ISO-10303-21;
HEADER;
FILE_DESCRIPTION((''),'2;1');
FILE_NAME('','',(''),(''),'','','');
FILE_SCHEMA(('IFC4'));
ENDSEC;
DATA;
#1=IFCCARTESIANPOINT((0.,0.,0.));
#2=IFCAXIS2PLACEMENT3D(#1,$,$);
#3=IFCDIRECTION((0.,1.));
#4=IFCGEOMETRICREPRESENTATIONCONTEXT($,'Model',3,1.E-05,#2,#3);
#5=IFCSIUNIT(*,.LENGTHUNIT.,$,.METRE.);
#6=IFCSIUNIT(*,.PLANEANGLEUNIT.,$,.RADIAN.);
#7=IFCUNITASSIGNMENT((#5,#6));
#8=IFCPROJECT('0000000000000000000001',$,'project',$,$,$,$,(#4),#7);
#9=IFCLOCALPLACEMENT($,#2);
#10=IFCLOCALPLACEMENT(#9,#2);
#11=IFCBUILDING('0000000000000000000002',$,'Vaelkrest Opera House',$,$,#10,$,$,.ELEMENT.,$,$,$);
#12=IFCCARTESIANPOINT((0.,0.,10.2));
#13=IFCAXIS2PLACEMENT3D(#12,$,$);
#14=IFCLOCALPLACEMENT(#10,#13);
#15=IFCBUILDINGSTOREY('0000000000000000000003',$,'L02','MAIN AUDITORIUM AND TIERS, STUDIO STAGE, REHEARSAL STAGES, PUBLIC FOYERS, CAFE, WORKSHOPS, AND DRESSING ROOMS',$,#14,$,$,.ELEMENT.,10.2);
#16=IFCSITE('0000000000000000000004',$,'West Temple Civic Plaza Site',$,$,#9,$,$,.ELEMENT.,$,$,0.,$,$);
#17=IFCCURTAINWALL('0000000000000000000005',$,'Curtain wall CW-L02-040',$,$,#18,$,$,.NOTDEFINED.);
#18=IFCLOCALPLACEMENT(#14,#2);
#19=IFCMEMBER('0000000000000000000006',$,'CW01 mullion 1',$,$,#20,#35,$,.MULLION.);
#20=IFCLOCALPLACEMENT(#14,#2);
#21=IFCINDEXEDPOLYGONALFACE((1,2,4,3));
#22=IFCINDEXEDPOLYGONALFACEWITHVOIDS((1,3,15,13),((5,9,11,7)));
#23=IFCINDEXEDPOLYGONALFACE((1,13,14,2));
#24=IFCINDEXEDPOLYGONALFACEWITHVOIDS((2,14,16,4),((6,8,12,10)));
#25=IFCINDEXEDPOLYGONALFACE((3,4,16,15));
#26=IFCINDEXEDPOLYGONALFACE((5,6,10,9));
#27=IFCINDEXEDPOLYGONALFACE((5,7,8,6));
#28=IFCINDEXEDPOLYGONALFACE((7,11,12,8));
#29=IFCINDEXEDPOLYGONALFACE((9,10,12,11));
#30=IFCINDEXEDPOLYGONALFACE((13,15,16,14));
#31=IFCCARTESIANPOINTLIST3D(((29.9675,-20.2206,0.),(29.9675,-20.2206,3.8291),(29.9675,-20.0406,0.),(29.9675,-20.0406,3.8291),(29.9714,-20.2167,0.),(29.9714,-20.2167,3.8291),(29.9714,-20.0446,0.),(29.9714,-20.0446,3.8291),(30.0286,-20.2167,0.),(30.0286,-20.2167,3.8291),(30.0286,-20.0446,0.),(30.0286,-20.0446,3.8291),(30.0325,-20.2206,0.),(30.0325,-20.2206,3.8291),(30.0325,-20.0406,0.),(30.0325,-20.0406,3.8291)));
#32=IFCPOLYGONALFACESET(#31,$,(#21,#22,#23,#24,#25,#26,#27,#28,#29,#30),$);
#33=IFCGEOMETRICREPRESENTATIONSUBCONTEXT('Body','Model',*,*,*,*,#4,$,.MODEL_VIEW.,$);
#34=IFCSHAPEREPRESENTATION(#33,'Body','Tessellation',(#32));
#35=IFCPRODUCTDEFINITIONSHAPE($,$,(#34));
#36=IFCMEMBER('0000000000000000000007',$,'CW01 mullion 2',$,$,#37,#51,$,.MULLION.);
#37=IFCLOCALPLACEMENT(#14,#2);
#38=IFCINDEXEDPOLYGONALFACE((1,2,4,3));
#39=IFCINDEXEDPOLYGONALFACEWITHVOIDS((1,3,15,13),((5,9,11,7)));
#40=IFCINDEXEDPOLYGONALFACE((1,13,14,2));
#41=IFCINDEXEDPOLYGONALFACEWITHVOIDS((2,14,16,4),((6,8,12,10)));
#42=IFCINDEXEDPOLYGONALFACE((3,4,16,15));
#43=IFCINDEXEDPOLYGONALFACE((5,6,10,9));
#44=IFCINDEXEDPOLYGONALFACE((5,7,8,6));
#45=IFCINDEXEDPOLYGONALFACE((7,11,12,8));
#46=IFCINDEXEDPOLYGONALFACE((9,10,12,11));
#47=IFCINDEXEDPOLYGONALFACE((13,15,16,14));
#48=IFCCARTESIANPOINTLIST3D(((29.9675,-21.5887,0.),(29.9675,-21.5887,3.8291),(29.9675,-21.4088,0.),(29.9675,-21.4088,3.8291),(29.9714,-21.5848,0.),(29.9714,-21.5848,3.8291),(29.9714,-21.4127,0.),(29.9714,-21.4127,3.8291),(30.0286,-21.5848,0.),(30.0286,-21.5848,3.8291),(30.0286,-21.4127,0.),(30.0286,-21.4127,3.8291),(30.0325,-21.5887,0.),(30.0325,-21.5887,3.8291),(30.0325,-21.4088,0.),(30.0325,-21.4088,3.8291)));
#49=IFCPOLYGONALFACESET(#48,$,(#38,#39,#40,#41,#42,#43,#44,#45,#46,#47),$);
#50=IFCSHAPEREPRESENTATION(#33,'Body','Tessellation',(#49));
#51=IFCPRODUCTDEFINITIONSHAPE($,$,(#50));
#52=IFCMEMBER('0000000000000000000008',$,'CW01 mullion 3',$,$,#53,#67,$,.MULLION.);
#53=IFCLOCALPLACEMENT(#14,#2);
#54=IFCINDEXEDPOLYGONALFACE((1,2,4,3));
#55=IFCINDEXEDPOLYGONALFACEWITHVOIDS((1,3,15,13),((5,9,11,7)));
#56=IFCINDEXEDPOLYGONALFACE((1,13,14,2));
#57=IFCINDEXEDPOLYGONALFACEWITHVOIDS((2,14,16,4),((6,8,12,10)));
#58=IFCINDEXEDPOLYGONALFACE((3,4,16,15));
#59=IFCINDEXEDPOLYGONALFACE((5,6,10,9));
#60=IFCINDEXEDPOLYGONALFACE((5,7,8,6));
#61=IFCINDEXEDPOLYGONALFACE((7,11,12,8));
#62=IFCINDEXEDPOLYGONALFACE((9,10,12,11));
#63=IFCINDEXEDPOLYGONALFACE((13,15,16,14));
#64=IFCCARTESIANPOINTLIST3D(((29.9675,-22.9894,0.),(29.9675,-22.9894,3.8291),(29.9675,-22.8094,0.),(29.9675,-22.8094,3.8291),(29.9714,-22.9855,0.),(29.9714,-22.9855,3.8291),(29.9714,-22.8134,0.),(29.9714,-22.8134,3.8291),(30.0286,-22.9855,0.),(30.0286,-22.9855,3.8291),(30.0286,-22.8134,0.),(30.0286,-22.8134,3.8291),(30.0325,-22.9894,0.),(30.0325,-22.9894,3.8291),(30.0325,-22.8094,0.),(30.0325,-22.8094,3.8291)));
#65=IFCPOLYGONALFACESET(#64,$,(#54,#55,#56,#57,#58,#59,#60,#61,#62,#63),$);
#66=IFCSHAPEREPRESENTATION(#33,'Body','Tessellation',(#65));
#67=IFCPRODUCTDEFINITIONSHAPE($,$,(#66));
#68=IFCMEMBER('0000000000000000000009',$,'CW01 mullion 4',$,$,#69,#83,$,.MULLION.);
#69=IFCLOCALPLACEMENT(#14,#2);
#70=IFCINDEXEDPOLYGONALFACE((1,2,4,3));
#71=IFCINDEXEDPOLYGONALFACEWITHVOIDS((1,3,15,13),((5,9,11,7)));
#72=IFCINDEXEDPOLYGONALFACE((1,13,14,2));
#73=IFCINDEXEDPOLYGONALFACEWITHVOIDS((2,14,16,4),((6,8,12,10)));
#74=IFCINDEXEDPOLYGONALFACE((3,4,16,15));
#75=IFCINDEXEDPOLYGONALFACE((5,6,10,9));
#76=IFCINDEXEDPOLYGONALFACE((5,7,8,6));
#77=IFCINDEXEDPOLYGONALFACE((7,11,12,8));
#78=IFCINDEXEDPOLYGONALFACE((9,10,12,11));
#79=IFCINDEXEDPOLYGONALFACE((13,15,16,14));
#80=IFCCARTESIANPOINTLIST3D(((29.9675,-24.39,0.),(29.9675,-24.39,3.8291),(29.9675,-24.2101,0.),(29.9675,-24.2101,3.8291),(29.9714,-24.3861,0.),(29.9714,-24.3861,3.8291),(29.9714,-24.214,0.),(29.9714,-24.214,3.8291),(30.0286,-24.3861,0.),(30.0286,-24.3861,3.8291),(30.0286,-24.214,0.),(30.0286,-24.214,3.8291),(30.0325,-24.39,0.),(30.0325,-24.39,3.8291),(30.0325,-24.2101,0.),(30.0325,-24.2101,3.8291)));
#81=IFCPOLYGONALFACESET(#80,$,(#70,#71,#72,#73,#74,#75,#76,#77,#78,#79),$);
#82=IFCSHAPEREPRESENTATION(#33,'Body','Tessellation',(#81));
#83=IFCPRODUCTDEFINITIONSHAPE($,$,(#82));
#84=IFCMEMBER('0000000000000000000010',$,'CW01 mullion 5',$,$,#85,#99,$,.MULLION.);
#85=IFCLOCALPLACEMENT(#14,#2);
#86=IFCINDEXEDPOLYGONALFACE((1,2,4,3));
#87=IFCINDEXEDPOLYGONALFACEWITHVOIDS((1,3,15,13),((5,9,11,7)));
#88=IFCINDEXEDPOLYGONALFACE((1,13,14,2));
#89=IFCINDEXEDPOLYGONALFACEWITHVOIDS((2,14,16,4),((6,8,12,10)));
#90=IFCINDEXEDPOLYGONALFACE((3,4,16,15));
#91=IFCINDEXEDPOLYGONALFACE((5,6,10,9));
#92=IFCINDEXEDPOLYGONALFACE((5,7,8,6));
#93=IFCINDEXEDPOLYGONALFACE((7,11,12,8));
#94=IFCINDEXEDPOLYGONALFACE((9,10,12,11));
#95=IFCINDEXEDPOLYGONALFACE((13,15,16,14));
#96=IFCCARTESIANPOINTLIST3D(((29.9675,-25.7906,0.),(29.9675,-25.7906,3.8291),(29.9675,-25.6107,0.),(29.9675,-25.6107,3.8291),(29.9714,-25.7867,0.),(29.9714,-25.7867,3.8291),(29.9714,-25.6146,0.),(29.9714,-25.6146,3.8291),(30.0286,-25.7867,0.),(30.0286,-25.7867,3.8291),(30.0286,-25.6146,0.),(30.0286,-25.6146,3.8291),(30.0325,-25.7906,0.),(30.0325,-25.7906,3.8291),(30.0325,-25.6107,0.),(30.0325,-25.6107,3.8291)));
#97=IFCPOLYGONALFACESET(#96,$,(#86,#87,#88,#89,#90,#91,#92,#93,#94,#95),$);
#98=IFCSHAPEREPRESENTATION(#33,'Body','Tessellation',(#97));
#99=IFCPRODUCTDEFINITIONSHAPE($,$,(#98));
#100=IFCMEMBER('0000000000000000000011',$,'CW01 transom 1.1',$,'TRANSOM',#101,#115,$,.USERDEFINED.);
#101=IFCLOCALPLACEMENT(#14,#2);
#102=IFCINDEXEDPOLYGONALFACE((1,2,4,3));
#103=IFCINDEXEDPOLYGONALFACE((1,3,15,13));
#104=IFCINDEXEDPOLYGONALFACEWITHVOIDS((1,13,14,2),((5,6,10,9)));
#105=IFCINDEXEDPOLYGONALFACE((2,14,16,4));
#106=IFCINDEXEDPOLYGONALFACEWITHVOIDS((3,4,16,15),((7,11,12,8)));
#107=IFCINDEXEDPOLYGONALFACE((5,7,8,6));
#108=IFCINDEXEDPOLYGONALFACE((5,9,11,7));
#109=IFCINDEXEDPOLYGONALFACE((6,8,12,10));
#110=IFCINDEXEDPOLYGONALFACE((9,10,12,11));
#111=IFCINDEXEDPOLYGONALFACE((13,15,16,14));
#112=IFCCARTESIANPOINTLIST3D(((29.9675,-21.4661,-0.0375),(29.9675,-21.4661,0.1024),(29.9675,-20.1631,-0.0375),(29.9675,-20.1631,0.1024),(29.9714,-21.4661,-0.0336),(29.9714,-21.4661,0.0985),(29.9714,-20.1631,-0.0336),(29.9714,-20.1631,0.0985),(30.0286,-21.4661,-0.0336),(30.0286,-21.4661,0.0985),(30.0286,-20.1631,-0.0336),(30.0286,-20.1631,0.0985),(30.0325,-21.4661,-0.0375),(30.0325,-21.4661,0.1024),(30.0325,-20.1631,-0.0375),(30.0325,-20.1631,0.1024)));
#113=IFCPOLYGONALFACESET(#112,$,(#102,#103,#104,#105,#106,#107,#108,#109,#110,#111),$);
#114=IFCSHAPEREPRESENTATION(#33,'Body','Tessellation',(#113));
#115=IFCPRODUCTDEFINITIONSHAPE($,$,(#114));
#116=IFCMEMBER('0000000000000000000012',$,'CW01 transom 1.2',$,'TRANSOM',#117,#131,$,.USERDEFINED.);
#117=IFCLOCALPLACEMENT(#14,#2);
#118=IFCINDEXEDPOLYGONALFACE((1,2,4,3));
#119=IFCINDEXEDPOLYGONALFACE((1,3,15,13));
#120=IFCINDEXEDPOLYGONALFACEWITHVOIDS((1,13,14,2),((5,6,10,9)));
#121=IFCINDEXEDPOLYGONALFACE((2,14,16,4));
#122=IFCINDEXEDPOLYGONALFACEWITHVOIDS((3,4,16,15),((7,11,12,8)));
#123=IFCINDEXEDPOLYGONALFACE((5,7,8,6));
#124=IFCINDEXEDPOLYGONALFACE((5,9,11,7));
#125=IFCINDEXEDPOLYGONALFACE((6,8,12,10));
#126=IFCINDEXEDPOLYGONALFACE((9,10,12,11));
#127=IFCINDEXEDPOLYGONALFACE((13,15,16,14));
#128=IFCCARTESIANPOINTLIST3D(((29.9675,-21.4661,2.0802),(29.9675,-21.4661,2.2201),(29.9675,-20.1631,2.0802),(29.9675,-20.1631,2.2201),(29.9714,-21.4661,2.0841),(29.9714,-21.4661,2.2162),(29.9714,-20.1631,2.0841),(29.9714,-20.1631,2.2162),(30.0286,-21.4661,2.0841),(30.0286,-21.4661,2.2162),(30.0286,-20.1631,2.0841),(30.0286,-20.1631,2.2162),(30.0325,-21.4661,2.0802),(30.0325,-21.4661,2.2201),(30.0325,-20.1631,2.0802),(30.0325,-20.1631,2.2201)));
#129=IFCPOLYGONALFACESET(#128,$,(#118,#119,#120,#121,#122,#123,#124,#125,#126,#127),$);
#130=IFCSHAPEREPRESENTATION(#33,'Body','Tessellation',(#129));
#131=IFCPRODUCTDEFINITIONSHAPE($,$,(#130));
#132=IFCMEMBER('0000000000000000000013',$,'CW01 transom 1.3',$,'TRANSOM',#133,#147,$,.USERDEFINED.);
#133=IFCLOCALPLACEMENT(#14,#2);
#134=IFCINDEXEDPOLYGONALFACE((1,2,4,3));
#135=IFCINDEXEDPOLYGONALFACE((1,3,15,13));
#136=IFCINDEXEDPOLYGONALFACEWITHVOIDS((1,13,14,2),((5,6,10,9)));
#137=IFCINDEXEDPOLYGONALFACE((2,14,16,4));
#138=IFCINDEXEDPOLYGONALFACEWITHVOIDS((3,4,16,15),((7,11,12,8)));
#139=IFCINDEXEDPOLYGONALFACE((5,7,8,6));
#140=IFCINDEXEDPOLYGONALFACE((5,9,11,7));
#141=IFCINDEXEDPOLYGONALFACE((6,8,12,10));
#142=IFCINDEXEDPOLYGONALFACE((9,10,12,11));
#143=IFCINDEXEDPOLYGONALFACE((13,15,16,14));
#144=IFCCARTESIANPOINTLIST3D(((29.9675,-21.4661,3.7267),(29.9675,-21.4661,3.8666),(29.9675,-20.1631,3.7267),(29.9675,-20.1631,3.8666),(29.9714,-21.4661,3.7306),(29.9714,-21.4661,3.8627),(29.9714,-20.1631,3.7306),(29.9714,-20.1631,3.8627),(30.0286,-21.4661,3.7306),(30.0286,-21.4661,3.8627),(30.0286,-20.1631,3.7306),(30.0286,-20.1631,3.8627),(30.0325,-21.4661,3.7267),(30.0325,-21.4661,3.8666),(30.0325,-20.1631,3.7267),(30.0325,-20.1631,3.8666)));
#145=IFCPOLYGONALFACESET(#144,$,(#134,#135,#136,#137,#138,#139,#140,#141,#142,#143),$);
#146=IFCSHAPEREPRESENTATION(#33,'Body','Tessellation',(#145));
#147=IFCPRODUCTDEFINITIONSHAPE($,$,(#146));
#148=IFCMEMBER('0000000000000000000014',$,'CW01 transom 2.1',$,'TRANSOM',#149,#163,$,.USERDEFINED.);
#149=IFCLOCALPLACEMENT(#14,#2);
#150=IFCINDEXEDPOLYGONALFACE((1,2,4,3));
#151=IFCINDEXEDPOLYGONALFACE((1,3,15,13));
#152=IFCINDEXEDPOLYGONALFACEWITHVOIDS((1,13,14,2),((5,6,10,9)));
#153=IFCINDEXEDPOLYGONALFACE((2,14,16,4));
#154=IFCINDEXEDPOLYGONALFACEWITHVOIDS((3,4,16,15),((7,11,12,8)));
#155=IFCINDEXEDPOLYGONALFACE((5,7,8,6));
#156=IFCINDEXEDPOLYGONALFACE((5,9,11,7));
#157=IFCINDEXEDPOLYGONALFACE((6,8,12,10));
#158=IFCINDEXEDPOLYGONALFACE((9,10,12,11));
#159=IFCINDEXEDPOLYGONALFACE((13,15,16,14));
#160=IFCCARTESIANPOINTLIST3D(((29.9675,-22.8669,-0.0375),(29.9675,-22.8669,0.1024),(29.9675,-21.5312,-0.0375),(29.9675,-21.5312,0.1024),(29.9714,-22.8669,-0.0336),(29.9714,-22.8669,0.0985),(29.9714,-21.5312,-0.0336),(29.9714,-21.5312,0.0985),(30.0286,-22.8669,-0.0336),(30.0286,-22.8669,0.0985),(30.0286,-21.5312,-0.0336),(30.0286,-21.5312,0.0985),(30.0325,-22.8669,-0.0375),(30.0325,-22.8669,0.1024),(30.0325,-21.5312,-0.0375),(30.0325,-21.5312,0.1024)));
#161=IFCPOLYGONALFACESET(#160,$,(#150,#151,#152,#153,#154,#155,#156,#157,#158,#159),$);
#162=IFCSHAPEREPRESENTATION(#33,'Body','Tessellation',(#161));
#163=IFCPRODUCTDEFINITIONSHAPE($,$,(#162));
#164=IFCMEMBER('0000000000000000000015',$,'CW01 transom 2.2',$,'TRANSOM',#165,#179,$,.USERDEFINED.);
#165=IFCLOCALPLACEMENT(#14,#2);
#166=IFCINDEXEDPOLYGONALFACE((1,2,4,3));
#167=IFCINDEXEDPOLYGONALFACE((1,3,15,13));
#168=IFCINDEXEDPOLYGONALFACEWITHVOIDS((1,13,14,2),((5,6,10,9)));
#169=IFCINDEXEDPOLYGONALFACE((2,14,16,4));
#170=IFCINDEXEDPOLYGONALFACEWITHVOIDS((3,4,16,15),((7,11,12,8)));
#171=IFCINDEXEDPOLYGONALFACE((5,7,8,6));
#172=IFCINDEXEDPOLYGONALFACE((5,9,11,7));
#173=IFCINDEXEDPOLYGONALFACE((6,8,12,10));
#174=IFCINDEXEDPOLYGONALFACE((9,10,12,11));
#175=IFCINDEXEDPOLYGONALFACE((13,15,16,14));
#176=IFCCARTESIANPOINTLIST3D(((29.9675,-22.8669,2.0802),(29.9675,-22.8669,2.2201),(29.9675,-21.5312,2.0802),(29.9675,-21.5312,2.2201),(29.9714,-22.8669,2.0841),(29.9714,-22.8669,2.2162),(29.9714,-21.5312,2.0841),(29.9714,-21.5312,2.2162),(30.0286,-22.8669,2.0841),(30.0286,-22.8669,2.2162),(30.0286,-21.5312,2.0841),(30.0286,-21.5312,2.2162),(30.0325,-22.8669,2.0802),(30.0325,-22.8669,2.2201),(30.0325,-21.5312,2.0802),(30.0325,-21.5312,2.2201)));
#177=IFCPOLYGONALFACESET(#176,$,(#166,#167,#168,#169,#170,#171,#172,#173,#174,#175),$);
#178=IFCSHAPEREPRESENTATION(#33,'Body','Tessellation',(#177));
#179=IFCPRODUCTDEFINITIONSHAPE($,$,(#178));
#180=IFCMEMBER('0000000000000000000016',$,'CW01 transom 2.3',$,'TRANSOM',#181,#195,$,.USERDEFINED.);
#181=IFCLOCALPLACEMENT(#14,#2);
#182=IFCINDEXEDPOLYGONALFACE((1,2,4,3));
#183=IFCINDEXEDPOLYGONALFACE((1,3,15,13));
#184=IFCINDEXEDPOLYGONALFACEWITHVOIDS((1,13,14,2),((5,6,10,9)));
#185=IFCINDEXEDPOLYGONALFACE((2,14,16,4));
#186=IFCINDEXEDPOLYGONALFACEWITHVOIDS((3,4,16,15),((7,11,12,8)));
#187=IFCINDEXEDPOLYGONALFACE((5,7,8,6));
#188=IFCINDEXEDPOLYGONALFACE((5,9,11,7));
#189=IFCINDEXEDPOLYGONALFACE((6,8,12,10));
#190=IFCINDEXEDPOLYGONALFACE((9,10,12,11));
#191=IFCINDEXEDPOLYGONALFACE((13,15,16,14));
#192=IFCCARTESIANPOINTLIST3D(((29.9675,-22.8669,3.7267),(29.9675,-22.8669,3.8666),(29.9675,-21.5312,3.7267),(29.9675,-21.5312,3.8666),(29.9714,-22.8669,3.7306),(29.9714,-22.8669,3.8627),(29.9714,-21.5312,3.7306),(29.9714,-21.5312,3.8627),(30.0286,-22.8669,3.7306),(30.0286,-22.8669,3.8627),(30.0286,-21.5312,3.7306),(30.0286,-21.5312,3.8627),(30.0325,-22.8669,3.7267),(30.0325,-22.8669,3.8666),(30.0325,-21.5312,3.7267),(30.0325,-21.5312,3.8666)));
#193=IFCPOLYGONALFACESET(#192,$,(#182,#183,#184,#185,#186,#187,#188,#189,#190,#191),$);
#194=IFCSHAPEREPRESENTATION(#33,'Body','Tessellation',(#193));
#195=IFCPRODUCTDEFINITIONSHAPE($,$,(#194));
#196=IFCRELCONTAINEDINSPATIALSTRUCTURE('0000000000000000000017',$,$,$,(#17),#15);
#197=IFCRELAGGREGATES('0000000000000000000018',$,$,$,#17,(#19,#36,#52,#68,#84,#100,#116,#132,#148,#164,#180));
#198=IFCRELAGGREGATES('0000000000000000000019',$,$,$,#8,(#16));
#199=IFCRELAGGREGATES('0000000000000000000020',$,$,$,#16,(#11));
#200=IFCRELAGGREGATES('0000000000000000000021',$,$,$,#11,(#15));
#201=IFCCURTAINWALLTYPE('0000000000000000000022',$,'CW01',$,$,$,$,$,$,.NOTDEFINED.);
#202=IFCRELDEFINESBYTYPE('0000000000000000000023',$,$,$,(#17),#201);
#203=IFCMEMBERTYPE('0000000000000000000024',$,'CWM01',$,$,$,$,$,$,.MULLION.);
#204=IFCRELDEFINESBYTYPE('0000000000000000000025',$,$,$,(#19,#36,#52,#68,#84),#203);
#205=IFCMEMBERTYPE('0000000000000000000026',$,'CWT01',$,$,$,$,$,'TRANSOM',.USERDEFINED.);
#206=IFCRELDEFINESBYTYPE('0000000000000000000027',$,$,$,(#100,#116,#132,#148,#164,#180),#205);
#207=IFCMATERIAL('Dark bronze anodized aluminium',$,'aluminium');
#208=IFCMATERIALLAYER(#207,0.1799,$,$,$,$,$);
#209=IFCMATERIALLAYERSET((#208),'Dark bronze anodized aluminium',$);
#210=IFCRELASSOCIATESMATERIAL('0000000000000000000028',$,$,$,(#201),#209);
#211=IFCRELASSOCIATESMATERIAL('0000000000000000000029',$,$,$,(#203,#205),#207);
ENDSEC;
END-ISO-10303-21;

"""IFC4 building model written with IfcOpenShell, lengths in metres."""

from ifc_helpers import new_model, si_unit, direction, frame, origin, origin_2d, place, context, subcontext, project, spatial, hollow_rectangle, extrude, material, layer, layer_set, material_profile, profile_set, type_object, element, aggregate, save


model = new_model("IFC4")

# Units and contexts
model_context = context("Model", 3, precision=1e-05, world=origin(), true_north=direction((0.0, 1.0)))
body_context = subcontext(model_context, "Body", "Model", "MODEL_VIEW")
ifc_project = project(units=[si_unit("LENGTHUNIT", "METRE"), si_unit("PLANEANGLEUNIT", "RADIAN")], contexts=[model_context])

# Site, building, storey
site_placement = place(None, origin())
site = spatial("IfcSite", under=ifc_project, at=site_placement, Name="West Temple Civic Plaza Site", CompositionType="ELEMENT", RefElevation=0.0)
building_placement = place(site_placement, origin())
building = spatial("IfcBuilding", under=site, at=building_placement, Name="Vaelkrest Opera House", CompositionType="ELEMENT")
storey_placement = place(building_placement, frame((0.0, 0.0, 10.2)))
storey = spatial("IfcBuildingStorey", under=building, at=storey_placement, Name="L02", Description="MAIN AUDITORIUM AND TIERS, STUDIO STAGE, REHEARSAL STAGES, PUBLIC FOYERS, CAFE, WORKSHOPS, AND DRESSING ROOMS", CompositionType="ELEMENT", Elevation=10.2)

# Curtain wall, members
ifc_material_1 = material(Name="Dark bronze anodized aluminium", Category="aluminium")
ifc_layer_1 = layer(ifc_material_1, 0.1799)
ifc_layer_set_1 = layer_set([ifc_layer_1], Name="Dark bronze anodized aluminium")
curtain_wall_type = type_object("IfcCurtainWallType", Name="CW01", PredefinedType="NOTDEFINED", material=ifc_layer_set_1)
curtain_wall_placement = place(storey_placement, origin())
curtain_wall = element("IfcCurtainWall", 1, at=curtain_wall_placement, inside=storey, type_object=curtain_wall_type, Name="Curtain wall CW-L02-040", PredefinedType="NOTDEFINED")
ifc_material_profile_1 = material_profile(ifc_material_1, hollow_rectangle(XDim=0.0649, YDim=0.1799, WallThickness=0.0039, at=origin_2d()), Name="CWM65X180")
ifc_profile_set_1 = profile_set([ifc_material_profile_1], Name="Dark bronze anodized aluminium")
member_type_1 = type_object("IfcMemberType", Name="CWM01", PredefinedType="MULLION", material=ifc_profile_set_1)
member_1_placement = place(storey_placement, frame((30.0, -20.1306, 0.0), z_axis=(0.0, 0.0, 1.0), x_axis=(1.0, 0.0, 0.0)))
member_1 = element("IfcMember", 2, at=member_1_placement, type_object=member_type_1, Name="CW01 mullion 1", PredefinedType="MULLION", context=body_context, shape_type="SweptSolid", body=[
    extrude(hollow_rectangle(XDim=0.0649, YDim=0.1799, WallThickness=0.0039, at=origin_2d()), origin(), (0.0, 0.0, 1.0), 3.8291),
])
member_2_placement = place(storey_placement, frame((30.0, -21.4988, 0.0), z_axis=(0.0, 0.0, 1.0), x_axis=(1.0, 0.0, 0.0)))
member_2 = element("IfcMember", 3, at=member_2_placement, type_object=member_type_1, Name="CW01 mullion 2", PredefinedType="MULLION", context=body_context, shape_type="SweptSolid", body=[
    extrude(hollow_rectangle(XDim=0.0649, YDim=0.1799, WallThickness=0.0039, at=origin_2d()), origin(), (0.0, 0.0, 1.0), 3.8291),
])
member_3_placement = place(storey_placement, frame((30.0, -22.8994, 0.0), z_axis=(0.0, 0.0, 1.0), x_axis=(1.0, 0.0, 0.0)))
member_3 = element("IfcMember", 4, at=member_3_placement, type_object=member_type_1, Name="CW01 mullion 3", PredefinedType="MULLION", context=body_context, shape_type="SweptSolid", body=[
    extrude(hollow_rectangle(XDim=0.0649, YDim=0.1799, WallThickness=0.0039, at=origin_2d()), origin(), (0.0, 0.0, 1.0), 3.8291),
])
member_4_placement = place(storey_placement, frame((30.0, -24.3, 0.0), z_axis=(0.0, 0.0, 1.0), x_axis=(1.0, 0.0, 0.0)))
member_4 = element("IfcMember", 5, at=member_4_placement, type_object=member_type_1, Name="CW01 mullion 4", PredefinedType="MULLION", context=body_context, shape_type="SweptSolid", body=[
    extrude(hollow_rectangle(XDim=0.0649, YDim=0.1799, WallThickness=0.0039, at=origin_2d()), origin(), (0.0, 0.0, 1.0), 3.8291),
])
member_5_placement = place(storey_placement, frame((30.0, -25.7007, 0.0), z_axis=(0.0, 0.0, 1.0), x_axis=(1.0, 0.0, 0.0)))
member_5 = element("IfcMember", 6, at=member_5_placement, type_object=member_type_1, Name="CW01 mullion 5", PredefinedType="MULLION", context=body_context, shape_type="SweptSolid", body=[
    extrude(hollow_rectangle(XDim=0.0649, YDim=0.1799, WallThickness=0.0039, at=origin_2d()), origin(), (0.0, 0.0, 1.0), 3.8291),
])
ifc_material_profile_2 = material_profile(ifc_material_1, hollow_rectangle(XDim=0.0649, YDim=0.1399, WallThickness=0.0039, at=origin_2d()), Name="CWT65X140")
ifc_profile_set_2 = profile_set([ifc_material_profile_2], Name="Dark bronze anodized aluminium")
member_type_2 = type_object("IfcMemberType", Name="CWT01", ElementType="TRANSOM", PredefinedType="USERDEFINED", material=ifc_profile_set_2)
member_6_placement = place(storey_placement, frame((30.0, -20.1631, 0.0325), z_axis=(0.0, -1.0, 0.0), x_axis=(1.0, 0.0, 0.0)))
member_6 = element("IfcMember", 7, at=member_6_placement, type_object=member_type_2, Name="CW01 transom 1.1", ObjectType="TRANSOM", PredefinedType="USERDEFINED", context=body_context, shape_type="SweptSolid", body=[
    extrude(hollow_rectangle(XDim=0.0649, YDim=0.1399, WallThickness=0.0039, at=origin_2d()), origin(), (0.0, 0.0, 1.0), 1.303),
])
member_7_placement = place(storey_placement, frame((30.0, -20.1631, 2.1501), z_axis=(0.0, -1.0, 0.0), x_axis=(1.0, 0.0, 0.0)))
member_7 = element("IfcMember", 8, at=member_7_placement, type_object=member_type_2, Name="CW01 transom 1.2", ObjectType="TRANSOM", PredefinedType="USERDEFINED", context=body_context, shape_type="SweptSolid", body=[
    extrude(hollow_rectangle(XDim=0.0649, YDim=0.1399, WallThickness=0.0039, at=origin_2d()), origin(), (0.0, 0.0, 1.0), 1.303),
])
member_8_placement = place(storey_placement, frame((30.0, -20.1631, 3.7966), z_axis=(0.0, -1.0, 0.0), x_axis=(1.0, 0.0, 0.0)))
member_8 = element("IfcMember", 9, at=member_8_placement, type_object=member_type_2, Name="CW01 transom 1.3", ObjectType="TRANSOM", PredefinedType="USERDEFINED", context=body_context, shape_type="SweptSolid", body=[
    extrude(hollow_rectangle(XDim=0.0649, YDim=0.1399, WallThickness=0.0039, at=origin_2d()), origin(), (0.0, 0.0, 1.0), 1.303),
])
member_9_placement = place(storey_placement, frame((30.0, -21.5312, 0.0325), z_axis=(0.0, -1.0, 0.0), x_axis=(1.0, 0.0, 0.0)))
member_9 = element("IfcMember", 10, at=member_9_placement, type_object=member_type_2, Name="CW01 transom 2.1", ObjectType="TRANSOM", PredefinedType="USERDEFINED", context=body_context, shape_type="SweptSolid", body=[
    extrude(hollow_rectangle(XDim=0.0649, YDim=0.1399, WallThickness=0.0039, at=origin_2d()), origin(), (0.0, 0.0, 1.0), 1.3357),
])
member_10_placement = place(storey_placement, frame((30.0, -21.5312, 2.1501), z_axis=(0.0, -1.0, 0.0), x_axis=(1.0, 0.0, 0.0)))
member_10 = element("IfcMember", 11, at=member_10_placement, type_object=member_type_2, Name="CW01 transom 2.2", ObjectType="TRANSOM", PredefinedType="USERDEFINED", context=body_context, shape_type="SweptSolid", body=[
    extrude(hollow_rectangle(XDim=0.0649, YDim=0.1399, WallThickness=0.0039, at=origin_2d()), origin(), (0.0, 0.0, 1.0), 1.3357),
])
member_11_placement = place(storey_placement, frame((30.0, -21.5312, 3.7966), z_axis=(0.0, -1.0, 0.0), x_axis=(1.0, 0.0, 0.0)))
member_11 = element("IfcMember", 12, at=member_11_placement, type_object=member_type_2, Name="CW01 transom 2.3", ObjectType="TRANSOM", PredefinedType="USERDEFINED", context=body_context, shape_type="SweptSolid", body=[
    extrude(hollow_rectangle(XDim=0.0649, YDim=0.1399, WallThickness=0.0039, at=origin_2d()), origin(), (0.0, 0.0, 1.0), 1.3357),
])
aggregate(curtain_wall, [member_1, member_2, member_3, member_4, member_5, member_6, member_7, member_8, member_9, member_10, member_11])

save(model, "model.ifc")
